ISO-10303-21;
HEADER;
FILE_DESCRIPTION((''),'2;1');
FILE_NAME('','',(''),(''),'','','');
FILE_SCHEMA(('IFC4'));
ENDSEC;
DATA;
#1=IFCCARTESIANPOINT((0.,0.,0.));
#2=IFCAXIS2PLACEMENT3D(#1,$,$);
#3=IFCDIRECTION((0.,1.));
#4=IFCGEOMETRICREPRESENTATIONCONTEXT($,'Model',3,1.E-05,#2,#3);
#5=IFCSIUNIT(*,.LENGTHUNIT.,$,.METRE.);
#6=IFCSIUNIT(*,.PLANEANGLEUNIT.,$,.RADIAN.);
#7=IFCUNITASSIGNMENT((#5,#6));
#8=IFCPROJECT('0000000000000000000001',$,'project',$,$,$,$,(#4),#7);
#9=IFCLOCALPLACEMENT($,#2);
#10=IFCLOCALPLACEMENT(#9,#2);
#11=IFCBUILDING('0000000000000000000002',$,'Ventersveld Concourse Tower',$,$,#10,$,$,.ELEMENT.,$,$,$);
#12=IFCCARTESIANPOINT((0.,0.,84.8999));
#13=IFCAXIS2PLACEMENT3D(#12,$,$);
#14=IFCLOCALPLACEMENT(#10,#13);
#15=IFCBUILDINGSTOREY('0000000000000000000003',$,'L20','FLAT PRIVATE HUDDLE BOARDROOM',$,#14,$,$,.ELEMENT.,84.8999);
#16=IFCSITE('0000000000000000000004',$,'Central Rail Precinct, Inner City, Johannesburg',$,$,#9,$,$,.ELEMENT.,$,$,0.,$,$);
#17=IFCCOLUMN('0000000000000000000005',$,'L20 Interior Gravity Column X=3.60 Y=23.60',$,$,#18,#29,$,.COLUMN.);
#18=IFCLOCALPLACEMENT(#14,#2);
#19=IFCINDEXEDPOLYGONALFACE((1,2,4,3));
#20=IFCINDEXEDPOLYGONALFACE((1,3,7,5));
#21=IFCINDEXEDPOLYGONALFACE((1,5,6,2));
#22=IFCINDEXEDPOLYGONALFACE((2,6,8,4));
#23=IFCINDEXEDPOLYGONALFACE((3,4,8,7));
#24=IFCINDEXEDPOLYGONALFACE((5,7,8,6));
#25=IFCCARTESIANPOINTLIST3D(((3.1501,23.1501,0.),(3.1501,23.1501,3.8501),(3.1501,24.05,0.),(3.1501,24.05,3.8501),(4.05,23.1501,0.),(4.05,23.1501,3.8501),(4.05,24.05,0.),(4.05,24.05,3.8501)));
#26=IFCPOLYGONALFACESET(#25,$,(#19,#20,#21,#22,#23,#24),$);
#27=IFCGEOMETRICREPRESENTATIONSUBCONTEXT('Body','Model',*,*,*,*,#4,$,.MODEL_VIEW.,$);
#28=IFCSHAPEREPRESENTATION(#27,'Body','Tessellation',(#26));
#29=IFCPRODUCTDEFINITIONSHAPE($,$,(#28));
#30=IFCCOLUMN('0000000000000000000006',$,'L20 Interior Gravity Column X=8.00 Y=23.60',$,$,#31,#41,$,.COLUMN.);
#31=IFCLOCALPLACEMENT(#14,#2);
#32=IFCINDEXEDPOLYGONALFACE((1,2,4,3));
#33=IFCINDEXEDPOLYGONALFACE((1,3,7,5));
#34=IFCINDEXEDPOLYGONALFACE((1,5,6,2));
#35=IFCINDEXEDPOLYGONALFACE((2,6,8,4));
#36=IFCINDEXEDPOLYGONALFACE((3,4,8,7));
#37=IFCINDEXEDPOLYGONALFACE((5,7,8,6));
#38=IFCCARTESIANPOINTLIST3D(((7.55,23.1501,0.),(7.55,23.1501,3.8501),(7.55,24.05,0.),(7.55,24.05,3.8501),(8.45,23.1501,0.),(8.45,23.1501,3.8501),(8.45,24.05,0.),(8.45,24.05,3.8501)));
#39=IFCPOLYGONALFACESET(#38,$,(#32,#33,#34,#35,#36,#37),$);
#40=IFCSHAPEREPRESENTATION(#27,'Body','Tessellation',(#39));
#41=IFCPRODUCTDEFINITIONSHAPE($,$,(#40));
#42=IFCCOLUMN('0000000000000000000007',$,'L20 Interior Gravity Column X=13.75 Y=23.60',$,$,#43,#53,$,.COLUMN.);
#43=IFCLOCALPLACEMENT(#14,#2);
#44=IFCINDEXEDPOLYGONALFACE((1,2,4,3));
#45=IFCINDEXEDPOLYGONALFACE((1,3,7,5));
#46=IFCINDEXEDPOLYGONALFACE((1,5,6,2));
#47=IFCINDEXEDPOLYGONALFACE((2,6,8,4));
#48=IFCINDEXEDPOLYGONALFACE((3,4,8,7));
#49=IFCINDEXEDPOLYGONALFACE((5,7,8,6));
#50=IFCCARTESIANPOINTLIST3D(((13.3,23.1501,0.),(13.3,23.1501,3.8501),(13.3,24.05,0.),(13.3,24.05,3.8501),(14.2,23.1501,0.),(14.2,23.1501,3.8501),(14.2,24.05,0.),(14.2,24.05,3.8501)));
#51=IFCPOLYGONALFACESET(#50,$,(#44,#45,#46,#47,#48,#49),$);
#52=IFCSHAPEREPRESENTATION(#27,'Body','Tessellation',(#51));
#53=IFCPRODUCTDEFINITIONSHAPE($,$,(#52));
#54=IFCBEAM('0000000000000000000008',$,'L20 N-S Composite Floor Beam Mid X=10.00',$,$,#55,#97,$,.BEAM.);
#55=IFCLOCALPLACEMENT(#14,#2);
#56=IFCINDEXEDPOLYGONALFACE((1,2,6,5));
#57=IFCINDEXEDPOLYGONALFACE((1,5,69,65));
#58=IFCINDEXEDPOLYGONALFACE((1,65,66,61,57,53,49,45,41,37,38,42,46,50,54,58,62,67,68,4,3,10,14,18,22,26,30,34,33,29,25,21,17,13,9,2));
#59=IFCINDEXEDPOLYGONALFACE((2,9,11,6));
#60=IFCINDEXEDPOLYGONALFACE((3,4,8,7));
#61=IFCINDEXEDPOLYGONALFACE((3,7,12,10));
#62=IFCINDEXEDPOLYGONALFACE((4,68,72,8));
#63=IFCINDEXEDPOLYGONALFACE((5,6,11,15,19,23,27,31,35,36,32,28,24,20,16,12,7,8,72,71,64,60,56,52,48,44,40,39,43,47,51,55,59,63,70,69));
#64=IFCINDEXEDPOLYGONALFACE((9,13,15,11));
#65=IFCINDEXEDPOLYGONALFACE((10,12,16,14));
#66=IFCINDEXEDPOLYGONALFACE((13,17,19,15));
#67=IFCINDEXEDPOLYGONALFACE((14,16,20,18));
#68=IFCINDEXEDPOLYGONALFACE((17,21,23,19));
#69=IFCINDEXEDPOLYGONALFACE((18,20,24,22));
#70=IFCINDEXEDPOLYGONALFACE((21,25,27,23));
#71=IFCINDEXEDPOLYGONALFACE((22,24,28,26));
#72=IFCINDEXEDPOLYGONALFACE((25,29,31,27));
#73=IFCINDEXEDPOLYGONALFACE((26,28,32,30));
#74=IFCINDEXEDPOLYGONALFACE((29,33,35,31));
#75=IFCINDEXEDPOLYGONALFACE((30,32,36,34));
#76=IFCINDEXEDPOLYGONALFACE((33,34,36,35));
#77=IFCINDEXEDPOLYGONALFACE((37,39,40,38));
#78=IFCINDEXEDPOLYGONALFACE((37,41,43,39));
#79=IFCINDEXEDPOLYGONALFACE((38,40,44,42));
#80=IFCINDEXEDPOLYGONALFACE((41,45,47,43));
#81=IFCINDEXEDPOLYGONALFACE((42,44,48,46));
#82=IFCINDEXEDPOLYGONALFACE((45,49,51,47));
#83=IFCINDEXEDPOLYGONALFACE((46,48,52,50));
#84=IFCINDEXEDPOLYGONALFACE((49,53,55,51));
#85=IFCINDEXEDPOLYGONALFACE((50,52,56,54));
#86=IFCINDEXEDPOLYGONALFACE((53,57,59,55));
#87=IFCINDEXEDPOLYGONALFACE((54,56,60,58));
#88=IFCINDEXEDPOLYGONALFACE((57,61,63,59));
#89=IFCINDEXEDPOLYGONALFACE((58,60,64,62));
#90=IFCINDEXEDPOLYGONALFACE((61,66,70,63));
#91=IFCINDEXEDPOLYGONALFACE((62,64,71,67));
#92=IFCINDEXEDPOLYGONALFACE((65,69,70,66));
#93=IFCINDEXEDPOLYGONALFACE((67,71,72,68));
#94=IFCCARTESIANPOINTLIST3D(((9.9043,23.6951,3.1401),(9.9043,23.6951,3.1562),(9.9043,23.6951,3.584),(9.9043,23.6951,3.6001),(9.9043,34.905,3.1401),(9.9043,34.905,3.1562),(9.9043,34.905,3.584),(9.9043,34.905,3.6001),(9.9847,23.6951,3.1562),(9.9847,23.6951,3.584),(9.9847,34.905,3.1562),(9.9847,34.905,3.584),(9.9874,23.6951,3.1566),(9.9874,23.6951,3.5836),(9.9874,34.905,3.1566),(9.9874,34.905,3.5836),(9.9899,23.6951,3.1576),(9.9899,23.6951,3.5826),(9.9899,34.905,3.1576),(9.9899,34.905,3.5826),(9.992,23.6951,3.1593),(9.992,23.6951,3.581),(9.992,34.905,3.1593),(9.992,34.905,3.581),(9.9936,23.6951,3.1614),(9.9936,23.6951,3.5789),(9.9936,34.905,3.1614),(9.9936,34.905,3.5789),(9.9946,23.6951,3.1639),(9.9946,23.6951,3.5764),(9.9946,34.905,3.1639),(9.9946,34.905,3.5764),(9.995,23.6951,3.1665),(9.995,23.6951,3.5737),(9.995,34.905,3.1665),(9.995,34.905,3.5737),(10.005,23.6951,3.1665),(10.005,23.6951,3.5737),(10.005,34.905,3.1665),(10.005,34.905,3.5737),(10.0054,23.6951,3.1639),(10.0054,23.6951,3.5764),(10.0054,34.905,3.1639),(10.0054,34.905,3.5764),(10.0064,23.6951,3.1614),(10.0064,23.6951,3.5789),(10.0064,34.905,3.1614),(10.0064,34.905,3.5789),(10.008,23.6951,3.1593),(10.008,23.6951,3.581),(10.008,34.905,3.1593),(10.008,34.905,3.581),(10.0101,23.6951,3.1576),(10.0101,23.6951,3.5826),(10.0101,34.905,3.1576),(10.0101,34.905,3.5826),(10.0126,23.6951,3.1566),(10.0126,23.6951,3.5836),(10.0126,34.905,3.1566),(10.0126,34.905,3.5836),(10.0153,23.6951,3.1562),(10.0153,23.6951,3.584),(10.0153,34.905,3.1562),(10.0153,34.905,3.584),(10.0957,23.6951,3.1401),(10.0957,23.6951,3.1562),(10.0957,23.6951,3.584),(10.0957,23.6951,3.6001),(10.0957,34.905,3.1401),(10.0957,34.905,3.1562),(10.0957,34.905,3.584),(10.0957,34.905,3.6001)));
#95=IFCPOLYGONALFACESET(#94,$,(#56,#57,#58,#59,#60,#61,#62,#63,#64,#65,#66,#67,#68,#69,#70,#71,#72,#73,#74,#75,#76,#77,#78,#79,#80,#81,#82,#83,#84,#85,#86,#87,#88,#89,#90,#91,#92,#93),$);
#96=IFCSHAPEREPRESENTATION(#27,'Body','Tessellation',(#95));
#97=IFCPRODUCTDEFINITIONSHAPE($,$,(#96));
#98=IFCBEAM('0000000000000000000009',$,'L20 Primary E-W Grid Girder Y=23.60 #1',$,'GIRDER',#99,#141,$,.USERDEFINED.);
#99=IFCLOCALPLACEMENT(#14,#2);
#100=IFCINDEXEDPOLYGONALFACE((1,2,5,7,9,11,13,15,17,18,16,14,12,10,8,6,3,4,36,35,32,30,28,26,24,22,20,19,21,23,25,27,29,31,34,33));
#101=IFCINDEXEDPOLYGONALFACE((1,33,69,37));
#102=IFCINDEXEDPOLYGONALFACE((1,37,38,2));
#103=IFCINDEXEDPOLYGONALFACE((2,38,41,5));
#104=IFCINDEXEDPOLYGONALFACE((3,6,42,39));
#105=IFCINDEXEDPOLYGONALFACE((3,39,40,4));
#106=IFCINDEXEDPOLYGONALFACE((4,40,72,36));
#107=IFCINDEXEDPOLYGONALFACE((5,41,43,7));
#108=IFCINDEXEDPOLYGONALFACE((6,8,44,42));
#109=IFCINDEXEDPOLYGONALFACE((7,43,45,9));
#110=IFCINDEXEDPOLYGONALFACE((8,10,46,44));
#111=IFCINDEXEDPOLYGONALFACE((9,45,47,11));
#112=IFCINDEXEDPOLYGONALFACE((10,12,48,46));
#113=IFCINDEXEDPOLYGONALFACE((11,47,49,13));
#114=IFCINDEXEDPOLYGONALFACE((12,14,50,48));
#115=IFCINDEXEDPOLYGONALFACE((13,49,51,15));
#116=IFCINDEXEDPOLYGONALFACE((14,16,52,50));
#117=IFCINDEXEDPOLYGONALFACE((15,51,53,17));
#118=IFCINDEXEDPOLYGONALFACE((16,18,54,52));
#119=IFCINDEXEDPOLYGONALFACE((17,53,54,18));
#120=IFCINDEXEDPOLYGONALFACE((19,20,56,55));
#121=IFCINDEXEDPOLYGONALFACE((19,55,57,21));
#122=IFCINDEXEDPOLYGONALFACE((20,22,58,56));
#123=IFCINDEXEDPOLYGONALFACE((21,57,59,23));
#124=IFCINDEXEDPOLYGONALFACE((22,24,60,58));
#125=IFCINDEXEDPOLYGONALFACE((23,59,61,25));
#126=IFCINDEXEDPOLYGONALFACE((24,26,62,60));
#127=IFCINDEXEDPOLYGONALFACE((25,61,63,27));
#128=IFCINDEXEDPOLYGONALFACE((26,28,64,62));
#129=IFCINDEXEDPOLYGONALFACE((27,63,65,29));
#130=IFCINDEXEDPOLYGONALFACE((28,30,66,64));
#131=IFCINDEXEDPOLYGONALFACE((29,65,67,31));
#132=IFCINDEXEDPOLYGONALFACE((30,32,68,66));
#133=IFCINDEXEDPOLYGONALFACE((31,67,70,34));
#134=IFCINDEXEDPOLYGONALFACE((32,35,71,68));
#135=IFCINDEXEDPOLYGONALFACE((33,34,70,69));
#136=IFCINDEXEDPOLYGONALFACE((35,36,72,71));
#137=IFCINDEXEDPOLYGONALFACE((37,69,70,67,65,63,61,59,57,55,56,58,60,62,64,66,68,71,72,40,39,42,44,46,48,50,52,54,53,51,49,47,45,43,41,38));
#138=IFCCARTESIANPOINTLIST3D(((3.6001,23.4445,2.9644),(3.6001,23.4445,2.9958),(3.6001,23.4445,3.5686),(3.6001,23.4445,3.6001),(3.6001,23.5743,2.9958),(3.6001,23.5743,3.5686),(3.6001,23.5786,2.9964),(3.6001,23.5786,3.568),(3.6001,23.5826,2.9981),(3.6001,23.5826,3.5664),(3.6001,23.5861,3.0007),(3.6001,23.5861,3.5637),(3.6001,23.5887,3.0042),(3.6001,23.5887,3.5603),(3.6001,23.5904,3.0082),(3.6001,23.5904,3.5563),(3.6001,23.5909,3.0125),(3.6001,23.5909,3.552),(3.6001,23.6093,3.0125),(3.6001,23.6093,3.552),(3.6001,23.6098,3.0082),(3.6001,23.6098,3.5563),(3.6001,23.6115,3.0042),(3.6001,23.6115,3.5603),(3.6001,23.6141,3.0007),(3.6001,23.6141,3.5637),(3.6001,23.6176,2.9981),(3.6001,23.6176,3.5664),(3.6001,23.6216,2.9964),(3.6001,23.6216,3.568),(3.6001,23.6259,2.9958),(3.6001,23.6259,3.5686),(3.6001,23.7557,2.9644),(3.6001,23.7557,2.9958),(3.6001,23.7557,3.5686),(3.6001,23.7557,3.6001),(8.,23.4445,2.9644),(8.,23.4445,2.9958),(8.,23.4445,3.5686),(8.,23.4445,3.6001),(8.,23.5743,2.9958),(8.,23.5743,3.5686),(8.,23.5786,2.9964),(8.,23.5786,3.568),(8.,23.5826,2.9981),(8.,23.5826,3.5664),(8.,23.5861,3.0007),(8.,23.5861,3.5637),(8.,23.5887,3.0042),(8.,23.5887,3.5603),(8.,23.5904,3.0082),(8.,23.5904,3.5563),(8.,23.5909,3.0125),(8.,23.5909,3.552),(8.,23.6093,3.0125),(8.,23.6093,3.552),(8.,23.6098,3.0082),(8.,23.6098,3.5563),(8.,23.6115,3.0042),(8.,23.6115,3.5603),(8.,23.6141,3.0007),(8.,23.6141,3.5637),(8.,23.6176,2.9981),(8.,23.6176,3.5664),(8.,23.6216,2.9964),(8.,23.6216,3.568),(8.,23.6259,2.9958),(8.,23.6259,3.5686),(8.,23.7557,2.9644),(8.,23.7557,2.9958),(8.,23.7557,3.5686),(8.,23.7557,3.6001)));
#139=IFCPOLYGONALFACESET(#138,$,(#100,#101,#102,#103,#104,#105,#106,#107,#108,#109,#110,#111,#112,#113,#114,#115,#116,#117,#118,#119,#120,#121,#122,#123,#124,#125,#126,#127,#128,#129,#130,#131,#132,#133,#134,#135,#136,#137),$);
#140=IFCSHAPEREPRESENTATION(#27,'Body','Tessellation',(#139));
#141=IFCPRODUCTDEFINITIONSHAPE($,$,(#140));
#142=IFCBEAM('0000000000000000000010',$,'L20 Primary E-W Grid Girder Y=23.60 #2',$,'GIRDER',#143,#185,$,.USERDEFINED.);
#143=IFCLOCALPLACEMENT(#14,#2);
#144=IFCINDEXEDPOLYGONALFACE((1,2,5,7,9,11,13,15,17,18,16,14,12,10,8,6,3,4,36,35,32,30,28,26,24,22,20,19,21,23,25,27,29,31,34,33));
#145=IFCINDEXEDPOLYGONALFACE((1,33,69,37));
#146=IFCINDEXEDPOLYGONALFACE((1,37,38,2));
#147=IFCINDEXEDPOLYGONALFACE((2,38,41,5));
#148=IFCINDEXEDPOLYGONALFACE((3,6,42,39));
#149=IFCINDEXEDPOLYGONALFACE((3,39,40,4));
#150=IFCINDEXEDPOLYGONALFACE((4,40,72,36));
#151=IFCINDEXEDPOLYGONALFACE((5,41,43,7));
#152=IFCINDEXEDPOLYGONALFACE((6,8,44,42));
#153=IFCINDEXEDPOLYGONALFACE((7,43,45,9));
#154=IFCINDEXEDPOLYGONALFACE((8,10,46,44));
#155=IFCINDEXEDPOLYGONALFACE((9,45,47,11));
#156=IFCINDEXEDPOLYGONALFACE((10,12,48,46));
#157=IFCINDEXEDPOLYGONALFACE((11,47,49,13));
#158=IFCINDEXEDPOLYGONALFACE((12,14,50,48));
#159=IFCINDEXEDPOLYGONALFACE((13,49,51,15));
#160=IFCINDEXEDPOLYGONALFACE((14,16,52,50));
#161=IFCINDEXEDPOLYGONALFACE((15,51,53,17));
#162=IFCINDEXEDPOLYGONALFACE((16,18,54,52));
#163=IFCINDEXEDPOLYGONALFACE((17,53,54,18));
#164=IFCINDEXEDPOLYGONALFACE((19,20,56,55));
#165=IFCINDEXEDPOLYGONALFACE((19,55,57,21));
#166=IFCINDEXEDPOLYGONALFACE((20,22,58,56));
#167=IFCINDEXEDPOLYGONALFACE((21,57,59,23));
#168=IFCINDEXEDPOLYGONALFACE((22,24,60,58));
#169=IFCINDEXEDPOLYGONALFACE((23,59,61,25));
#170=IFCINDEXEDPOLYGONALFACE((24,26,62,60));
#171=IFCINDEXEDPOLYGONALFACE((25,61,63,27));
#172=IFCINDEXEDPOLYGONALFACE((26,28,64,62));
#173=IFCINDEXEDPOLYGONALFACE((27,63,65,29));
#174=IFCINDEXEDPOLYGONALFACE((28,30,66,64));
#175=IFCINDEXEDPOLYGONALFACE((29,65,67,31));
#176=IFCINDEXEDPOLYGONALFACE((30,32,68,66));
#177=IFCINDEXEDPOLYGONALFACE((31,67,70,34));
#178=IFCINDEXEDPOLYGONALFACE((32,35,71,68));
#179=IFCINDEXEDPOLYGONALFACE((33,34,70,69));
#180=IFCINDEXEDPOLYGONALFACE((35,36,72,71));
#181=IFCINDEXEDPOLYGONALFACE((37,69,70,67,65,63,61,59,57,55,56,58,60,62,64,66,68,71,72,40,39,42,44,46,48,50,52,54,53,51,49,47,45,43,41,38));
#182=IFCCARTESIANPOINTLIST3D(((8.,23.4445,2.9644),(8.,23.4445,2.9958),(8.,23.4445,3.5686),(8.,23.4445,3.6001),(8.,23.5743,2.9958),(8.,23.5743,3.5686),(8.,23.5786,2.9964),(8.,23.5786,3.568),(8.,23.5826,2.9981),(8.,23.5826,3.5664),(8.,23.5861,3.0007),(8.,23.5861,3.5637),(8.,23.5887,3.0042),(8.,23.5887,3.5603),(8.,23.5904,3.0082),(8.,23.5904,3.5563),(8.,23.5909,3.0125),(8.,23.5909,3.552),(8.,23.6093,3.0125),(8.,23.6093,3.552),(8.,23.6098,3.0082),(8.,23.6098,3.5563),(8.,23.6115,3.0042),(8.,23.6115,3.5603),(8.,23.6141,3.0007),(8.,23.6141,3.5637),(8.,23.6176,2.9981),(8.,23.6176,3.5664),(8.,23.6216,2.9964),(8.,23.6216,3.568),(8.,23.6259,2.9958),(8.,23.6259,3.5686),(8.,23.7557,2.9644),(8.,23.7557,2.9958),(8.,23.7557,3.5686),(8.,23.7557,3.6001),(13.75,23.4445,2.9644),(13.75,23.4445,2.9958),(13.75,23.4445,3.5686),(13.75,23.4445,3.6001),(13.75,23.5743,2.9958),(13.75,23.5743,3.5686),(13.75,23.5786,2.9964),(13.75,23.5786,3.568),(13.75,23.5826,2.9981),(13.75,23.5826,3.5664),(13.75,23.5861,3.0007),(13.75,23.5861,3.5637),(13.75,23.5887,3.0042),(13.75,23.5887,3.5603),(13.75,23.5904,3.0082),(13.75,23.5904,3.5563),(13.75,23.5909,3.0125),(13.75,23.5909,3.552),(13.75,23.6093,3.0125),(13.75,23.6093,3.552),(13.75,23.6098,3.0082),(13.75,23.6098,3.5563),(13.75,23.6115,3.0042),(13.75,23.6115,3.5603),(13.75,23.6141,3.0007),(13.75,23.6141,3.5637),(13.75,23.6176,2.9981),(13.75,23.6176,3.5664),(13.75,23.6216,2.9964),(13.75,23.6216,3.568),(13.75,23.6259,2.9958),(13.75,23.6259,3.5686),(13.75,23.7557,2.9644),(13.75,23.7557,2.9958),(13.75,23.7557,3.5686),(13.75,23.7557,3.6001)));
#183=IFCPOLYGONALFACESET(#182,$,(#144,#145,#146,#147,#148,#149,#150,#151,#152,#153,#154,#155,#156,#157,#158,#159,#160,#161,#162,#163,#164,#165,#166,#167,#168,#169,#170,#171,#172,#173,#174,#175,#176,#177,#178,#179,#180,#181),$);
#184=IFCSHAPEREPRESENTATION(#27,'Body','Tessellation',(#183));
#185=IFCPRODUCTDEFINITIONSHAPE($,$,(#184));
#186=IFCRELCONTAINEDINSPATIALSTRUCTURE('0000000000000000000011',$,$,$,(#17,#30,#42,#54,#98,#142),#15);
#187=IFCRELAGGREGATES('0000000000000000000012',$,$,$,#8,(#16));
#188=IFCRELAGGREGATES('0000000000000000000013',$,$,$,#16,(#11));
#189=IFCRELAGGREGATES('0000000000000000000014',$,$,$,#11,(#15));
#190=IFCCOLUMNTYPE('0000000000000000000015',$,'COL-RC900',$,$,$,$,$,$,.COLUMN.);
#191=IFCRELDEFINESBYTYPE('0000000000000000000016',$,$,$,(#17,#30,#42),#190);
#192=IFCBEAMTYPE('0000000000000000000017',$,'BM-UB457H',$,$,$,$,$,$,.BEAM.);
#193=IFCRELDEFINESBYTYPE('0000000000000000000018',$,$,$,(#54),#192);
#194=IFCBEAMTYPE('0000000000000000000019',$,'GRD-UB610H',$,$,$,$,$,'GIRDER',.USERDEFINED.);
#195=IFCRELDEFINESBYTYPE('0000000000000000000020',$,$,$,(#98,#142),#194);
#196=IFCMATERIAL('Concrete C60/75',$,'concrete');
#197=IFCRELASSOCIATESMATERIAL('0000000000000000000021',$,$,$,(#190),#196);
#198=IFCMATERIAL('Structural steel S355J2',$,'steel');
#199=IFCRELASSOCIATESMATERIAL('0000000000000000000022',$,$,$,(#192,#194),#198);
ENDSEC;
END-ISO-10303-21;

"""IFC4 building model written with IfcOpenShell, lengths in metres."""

from ifc_helpers import new_model, si_unit, direction, frame, origin, origin_2d, place, context, subcontext, project, spatial, rectangle, i_section, extrude, material, material_profile, profile_set, type_object, element, save


model = new_model("IFC4")

# Units and contexts
model_context = context("Model", 3, precision=1e-05, world=origin(), true_north=direction((0.0, 1.0)))
body_context = subcontext(model_context, "Body", "Model", "MODEL_VIEW")
ifc_project = project(units=[si_unit("LENGTHUNIT", "METRE"), si_unit("PLANEANGLEUNIT", "RADIAN")], contexts=[model_context])

# Site, building, storey
site_placement = place(None, origin())
site = spatial("IfcSite", under=ifc_project, at=site_placement, Name="Central Rail Precinct, Inner City, Johannesburg", CompositionType="ELEMENT", RefElevation=0.0)
building_placement = place(site_placement, origin())
building = spatial("IfcBuilding", under=site, at=building_placement, Name="Ventersveld Concourse Tower", CompositionType="ELEMENT")
storey_placement = place(building_placement, frame((0.0, 0.0, 84.8999)))
storey = spatial("IfcBuildingStorey", under=building, at=storey_placement, Name="L20", Description="FLAT PRIVATE HUDDLE BOARDROOM", CompositionType="ELEMENT", Elevation=84.8999)

# Columns
ifc_material_1 = material(Name="Concrete C60/75", Category="concrete")
ifc_material_profile_1 = material_profile(ifc_material_1, rectangle(XDim=0.8999, YDim=0.8999, at=origin_2d()), Name="RC 900x900")
ifc_profile_set_1 = profile_set([ifc_material_profile_1], Name="Concrete C60/75")
column_type = type_object("IfcColumnType", Name="COL-RC900", PredefinedType="COLUMN", material=ifc_profile_set_1)
for number, where, z_axis, x_axis, name in (
    (1, (3.6001, 23.6001, 0.0), (0.0, 0.0, 1.0), (1.0, 0.0, 0.0), "L20 Interior Gravity Column X=3.60 Y=23.60"),
    (2, (8.0, 23.6001, 0.0), (0.0, 0.0, 1.0), (1.0, 0.0, 0.0), "L20 Interior Gravity Column X=8.00 Y=23.60"),
    (3, (13.75, 23.6001, 0.0), (0.0, 0.0, 1.0), (1.0, 0.0, 0.0), "L20 Interior Gravity Column X=13.75 Y=23.60"),
):
    element("IfcColumn", number, at=place(storey_placement, frame(where, z_axis=z_axis, x_axis=x_axis)), inside=storey, type_object=column_type, Name=name, PredefinedType="COLUMN", context=body_context, shape_type="SweptSolid", body=[
        extrude(rectangle(XDim=0.8999, YDim=0.8999, at=origin_2d()), origin(), (0.0, 0.0, 1.0), 3.8501),
    ])

# Beams
ifc_material_2 = material(Name="Structural steel S355J2", Category="steel")
ifc_material_profile_2 = material_profile(ifc_material_2, i_section(OverallWidth=0.1914, OverallDepth=0.46, WebThickness=0.01, FlangeThickness=0.0161, FilletRadius=0.0103, at=origin_2d()), Name="UB 457x191x82")
ifc_profile_set_2 = profile_set([ifc_material_profile_2], Name="Structural steel S355J2")
beam_type_1 = type_object("IfcBeamType", Name="BM-UB457H", PredefinedType="BEAM", material=ifc_profile_set_2)
beam_1_placement = place(storey_placement, frame((10.0, 23.6951, 3.3701), z_axis=(0.0, 1.0, 0.0), x_axis=(-1.0, 0.0, 0.0)))
element("IfcBeam", 4, at=beam_1_placement, inside=storey, type_object=beam_type_1, Name="L20 N-S Composite Floor Beam Mid X=10.00", PredefinedType="BEAM", context=body_context, shape_type="SweptSolid", body=[
    extrude(i_section(OverallWidth=0.1914, OverallDepth=0.46, WebThickness=0.01, FlangeThickness=0.0161, FilletRadius=0.0103, at=origin_2d()), origin(), (0.0, 0.0, 1.0), 11.21),
])
ifc_material_profile_3 = material_profile(ifc_material_2, i_section(OverallWidth=0.3113, OverallDepth=0.6357, WebThickness=0.0183, FlangeThickness=0.0315, FilletRadius=0.0166, at=origin_2d()), Name="UB 610x305x238")
ifc_profile_set_3 = profile_set([ifc_material_profile_3], Name="Structural steel S355J2")
beam_type_2 = type_object("IfcBeamType", Name="GRD-UB610H", ElementType="GIRDER", PredefinedType="USERDEFINED", material=ifc_profile_set_3)
beam_2_placement = place(storey_placement, frame((3.6001, 23.6001, 3.2822), z_axis=(1.0, 0.0, 0.0), x_axis=(0.0, 1.0, 0.0)))
element("IfcBeam", 5, at=beam_2_placement, inside=storey, type_object=beam_type_2, Name="L20 Primary E-W Grid Girder Y=23.60 #1", ObjectType="GIRDER", PredefinedType="USERDEFINED", context=body_context, shape_type="SweptSolid", body=[
    extrude(i_section(OverallWidth=0.3113, OverallDepth=0.6357, WebThickness=0.0183, FlangeThickness=0.0315, FilletRadius=0.0166, at=origin_2d()), origin(), (0.0, 0.0, 1.0), 4.3999),
])
beam_3_placement = place(storey_placement, frame((8.0, 23.6001, 3.2822), z_axis=(1.0, 0.0, 0.0), x_axis=(0.0, 1.0, 0.0)))
element("IfcBeam", 6, at=beam_3_placement, inside=storey, type_object=beam_type_2, Name="L20 Primary E-W Grid Girder Y=23.60 #2", ObjectType="GIRDER", PredefinedType="USERDEFINED", context=body_context, shape_type="SweptSolid", body=[
    extrude(i_section(OverallWidth=0.3113, OverallDepth=0.6357, WebThickness=0.0183, FlangeThickness=0.0315, FilletRadius=0.0166, at=origin_2d()), origin(), (0.0, 0.0, 1.0), 5.75),
])

save(model, "model.ifc")
